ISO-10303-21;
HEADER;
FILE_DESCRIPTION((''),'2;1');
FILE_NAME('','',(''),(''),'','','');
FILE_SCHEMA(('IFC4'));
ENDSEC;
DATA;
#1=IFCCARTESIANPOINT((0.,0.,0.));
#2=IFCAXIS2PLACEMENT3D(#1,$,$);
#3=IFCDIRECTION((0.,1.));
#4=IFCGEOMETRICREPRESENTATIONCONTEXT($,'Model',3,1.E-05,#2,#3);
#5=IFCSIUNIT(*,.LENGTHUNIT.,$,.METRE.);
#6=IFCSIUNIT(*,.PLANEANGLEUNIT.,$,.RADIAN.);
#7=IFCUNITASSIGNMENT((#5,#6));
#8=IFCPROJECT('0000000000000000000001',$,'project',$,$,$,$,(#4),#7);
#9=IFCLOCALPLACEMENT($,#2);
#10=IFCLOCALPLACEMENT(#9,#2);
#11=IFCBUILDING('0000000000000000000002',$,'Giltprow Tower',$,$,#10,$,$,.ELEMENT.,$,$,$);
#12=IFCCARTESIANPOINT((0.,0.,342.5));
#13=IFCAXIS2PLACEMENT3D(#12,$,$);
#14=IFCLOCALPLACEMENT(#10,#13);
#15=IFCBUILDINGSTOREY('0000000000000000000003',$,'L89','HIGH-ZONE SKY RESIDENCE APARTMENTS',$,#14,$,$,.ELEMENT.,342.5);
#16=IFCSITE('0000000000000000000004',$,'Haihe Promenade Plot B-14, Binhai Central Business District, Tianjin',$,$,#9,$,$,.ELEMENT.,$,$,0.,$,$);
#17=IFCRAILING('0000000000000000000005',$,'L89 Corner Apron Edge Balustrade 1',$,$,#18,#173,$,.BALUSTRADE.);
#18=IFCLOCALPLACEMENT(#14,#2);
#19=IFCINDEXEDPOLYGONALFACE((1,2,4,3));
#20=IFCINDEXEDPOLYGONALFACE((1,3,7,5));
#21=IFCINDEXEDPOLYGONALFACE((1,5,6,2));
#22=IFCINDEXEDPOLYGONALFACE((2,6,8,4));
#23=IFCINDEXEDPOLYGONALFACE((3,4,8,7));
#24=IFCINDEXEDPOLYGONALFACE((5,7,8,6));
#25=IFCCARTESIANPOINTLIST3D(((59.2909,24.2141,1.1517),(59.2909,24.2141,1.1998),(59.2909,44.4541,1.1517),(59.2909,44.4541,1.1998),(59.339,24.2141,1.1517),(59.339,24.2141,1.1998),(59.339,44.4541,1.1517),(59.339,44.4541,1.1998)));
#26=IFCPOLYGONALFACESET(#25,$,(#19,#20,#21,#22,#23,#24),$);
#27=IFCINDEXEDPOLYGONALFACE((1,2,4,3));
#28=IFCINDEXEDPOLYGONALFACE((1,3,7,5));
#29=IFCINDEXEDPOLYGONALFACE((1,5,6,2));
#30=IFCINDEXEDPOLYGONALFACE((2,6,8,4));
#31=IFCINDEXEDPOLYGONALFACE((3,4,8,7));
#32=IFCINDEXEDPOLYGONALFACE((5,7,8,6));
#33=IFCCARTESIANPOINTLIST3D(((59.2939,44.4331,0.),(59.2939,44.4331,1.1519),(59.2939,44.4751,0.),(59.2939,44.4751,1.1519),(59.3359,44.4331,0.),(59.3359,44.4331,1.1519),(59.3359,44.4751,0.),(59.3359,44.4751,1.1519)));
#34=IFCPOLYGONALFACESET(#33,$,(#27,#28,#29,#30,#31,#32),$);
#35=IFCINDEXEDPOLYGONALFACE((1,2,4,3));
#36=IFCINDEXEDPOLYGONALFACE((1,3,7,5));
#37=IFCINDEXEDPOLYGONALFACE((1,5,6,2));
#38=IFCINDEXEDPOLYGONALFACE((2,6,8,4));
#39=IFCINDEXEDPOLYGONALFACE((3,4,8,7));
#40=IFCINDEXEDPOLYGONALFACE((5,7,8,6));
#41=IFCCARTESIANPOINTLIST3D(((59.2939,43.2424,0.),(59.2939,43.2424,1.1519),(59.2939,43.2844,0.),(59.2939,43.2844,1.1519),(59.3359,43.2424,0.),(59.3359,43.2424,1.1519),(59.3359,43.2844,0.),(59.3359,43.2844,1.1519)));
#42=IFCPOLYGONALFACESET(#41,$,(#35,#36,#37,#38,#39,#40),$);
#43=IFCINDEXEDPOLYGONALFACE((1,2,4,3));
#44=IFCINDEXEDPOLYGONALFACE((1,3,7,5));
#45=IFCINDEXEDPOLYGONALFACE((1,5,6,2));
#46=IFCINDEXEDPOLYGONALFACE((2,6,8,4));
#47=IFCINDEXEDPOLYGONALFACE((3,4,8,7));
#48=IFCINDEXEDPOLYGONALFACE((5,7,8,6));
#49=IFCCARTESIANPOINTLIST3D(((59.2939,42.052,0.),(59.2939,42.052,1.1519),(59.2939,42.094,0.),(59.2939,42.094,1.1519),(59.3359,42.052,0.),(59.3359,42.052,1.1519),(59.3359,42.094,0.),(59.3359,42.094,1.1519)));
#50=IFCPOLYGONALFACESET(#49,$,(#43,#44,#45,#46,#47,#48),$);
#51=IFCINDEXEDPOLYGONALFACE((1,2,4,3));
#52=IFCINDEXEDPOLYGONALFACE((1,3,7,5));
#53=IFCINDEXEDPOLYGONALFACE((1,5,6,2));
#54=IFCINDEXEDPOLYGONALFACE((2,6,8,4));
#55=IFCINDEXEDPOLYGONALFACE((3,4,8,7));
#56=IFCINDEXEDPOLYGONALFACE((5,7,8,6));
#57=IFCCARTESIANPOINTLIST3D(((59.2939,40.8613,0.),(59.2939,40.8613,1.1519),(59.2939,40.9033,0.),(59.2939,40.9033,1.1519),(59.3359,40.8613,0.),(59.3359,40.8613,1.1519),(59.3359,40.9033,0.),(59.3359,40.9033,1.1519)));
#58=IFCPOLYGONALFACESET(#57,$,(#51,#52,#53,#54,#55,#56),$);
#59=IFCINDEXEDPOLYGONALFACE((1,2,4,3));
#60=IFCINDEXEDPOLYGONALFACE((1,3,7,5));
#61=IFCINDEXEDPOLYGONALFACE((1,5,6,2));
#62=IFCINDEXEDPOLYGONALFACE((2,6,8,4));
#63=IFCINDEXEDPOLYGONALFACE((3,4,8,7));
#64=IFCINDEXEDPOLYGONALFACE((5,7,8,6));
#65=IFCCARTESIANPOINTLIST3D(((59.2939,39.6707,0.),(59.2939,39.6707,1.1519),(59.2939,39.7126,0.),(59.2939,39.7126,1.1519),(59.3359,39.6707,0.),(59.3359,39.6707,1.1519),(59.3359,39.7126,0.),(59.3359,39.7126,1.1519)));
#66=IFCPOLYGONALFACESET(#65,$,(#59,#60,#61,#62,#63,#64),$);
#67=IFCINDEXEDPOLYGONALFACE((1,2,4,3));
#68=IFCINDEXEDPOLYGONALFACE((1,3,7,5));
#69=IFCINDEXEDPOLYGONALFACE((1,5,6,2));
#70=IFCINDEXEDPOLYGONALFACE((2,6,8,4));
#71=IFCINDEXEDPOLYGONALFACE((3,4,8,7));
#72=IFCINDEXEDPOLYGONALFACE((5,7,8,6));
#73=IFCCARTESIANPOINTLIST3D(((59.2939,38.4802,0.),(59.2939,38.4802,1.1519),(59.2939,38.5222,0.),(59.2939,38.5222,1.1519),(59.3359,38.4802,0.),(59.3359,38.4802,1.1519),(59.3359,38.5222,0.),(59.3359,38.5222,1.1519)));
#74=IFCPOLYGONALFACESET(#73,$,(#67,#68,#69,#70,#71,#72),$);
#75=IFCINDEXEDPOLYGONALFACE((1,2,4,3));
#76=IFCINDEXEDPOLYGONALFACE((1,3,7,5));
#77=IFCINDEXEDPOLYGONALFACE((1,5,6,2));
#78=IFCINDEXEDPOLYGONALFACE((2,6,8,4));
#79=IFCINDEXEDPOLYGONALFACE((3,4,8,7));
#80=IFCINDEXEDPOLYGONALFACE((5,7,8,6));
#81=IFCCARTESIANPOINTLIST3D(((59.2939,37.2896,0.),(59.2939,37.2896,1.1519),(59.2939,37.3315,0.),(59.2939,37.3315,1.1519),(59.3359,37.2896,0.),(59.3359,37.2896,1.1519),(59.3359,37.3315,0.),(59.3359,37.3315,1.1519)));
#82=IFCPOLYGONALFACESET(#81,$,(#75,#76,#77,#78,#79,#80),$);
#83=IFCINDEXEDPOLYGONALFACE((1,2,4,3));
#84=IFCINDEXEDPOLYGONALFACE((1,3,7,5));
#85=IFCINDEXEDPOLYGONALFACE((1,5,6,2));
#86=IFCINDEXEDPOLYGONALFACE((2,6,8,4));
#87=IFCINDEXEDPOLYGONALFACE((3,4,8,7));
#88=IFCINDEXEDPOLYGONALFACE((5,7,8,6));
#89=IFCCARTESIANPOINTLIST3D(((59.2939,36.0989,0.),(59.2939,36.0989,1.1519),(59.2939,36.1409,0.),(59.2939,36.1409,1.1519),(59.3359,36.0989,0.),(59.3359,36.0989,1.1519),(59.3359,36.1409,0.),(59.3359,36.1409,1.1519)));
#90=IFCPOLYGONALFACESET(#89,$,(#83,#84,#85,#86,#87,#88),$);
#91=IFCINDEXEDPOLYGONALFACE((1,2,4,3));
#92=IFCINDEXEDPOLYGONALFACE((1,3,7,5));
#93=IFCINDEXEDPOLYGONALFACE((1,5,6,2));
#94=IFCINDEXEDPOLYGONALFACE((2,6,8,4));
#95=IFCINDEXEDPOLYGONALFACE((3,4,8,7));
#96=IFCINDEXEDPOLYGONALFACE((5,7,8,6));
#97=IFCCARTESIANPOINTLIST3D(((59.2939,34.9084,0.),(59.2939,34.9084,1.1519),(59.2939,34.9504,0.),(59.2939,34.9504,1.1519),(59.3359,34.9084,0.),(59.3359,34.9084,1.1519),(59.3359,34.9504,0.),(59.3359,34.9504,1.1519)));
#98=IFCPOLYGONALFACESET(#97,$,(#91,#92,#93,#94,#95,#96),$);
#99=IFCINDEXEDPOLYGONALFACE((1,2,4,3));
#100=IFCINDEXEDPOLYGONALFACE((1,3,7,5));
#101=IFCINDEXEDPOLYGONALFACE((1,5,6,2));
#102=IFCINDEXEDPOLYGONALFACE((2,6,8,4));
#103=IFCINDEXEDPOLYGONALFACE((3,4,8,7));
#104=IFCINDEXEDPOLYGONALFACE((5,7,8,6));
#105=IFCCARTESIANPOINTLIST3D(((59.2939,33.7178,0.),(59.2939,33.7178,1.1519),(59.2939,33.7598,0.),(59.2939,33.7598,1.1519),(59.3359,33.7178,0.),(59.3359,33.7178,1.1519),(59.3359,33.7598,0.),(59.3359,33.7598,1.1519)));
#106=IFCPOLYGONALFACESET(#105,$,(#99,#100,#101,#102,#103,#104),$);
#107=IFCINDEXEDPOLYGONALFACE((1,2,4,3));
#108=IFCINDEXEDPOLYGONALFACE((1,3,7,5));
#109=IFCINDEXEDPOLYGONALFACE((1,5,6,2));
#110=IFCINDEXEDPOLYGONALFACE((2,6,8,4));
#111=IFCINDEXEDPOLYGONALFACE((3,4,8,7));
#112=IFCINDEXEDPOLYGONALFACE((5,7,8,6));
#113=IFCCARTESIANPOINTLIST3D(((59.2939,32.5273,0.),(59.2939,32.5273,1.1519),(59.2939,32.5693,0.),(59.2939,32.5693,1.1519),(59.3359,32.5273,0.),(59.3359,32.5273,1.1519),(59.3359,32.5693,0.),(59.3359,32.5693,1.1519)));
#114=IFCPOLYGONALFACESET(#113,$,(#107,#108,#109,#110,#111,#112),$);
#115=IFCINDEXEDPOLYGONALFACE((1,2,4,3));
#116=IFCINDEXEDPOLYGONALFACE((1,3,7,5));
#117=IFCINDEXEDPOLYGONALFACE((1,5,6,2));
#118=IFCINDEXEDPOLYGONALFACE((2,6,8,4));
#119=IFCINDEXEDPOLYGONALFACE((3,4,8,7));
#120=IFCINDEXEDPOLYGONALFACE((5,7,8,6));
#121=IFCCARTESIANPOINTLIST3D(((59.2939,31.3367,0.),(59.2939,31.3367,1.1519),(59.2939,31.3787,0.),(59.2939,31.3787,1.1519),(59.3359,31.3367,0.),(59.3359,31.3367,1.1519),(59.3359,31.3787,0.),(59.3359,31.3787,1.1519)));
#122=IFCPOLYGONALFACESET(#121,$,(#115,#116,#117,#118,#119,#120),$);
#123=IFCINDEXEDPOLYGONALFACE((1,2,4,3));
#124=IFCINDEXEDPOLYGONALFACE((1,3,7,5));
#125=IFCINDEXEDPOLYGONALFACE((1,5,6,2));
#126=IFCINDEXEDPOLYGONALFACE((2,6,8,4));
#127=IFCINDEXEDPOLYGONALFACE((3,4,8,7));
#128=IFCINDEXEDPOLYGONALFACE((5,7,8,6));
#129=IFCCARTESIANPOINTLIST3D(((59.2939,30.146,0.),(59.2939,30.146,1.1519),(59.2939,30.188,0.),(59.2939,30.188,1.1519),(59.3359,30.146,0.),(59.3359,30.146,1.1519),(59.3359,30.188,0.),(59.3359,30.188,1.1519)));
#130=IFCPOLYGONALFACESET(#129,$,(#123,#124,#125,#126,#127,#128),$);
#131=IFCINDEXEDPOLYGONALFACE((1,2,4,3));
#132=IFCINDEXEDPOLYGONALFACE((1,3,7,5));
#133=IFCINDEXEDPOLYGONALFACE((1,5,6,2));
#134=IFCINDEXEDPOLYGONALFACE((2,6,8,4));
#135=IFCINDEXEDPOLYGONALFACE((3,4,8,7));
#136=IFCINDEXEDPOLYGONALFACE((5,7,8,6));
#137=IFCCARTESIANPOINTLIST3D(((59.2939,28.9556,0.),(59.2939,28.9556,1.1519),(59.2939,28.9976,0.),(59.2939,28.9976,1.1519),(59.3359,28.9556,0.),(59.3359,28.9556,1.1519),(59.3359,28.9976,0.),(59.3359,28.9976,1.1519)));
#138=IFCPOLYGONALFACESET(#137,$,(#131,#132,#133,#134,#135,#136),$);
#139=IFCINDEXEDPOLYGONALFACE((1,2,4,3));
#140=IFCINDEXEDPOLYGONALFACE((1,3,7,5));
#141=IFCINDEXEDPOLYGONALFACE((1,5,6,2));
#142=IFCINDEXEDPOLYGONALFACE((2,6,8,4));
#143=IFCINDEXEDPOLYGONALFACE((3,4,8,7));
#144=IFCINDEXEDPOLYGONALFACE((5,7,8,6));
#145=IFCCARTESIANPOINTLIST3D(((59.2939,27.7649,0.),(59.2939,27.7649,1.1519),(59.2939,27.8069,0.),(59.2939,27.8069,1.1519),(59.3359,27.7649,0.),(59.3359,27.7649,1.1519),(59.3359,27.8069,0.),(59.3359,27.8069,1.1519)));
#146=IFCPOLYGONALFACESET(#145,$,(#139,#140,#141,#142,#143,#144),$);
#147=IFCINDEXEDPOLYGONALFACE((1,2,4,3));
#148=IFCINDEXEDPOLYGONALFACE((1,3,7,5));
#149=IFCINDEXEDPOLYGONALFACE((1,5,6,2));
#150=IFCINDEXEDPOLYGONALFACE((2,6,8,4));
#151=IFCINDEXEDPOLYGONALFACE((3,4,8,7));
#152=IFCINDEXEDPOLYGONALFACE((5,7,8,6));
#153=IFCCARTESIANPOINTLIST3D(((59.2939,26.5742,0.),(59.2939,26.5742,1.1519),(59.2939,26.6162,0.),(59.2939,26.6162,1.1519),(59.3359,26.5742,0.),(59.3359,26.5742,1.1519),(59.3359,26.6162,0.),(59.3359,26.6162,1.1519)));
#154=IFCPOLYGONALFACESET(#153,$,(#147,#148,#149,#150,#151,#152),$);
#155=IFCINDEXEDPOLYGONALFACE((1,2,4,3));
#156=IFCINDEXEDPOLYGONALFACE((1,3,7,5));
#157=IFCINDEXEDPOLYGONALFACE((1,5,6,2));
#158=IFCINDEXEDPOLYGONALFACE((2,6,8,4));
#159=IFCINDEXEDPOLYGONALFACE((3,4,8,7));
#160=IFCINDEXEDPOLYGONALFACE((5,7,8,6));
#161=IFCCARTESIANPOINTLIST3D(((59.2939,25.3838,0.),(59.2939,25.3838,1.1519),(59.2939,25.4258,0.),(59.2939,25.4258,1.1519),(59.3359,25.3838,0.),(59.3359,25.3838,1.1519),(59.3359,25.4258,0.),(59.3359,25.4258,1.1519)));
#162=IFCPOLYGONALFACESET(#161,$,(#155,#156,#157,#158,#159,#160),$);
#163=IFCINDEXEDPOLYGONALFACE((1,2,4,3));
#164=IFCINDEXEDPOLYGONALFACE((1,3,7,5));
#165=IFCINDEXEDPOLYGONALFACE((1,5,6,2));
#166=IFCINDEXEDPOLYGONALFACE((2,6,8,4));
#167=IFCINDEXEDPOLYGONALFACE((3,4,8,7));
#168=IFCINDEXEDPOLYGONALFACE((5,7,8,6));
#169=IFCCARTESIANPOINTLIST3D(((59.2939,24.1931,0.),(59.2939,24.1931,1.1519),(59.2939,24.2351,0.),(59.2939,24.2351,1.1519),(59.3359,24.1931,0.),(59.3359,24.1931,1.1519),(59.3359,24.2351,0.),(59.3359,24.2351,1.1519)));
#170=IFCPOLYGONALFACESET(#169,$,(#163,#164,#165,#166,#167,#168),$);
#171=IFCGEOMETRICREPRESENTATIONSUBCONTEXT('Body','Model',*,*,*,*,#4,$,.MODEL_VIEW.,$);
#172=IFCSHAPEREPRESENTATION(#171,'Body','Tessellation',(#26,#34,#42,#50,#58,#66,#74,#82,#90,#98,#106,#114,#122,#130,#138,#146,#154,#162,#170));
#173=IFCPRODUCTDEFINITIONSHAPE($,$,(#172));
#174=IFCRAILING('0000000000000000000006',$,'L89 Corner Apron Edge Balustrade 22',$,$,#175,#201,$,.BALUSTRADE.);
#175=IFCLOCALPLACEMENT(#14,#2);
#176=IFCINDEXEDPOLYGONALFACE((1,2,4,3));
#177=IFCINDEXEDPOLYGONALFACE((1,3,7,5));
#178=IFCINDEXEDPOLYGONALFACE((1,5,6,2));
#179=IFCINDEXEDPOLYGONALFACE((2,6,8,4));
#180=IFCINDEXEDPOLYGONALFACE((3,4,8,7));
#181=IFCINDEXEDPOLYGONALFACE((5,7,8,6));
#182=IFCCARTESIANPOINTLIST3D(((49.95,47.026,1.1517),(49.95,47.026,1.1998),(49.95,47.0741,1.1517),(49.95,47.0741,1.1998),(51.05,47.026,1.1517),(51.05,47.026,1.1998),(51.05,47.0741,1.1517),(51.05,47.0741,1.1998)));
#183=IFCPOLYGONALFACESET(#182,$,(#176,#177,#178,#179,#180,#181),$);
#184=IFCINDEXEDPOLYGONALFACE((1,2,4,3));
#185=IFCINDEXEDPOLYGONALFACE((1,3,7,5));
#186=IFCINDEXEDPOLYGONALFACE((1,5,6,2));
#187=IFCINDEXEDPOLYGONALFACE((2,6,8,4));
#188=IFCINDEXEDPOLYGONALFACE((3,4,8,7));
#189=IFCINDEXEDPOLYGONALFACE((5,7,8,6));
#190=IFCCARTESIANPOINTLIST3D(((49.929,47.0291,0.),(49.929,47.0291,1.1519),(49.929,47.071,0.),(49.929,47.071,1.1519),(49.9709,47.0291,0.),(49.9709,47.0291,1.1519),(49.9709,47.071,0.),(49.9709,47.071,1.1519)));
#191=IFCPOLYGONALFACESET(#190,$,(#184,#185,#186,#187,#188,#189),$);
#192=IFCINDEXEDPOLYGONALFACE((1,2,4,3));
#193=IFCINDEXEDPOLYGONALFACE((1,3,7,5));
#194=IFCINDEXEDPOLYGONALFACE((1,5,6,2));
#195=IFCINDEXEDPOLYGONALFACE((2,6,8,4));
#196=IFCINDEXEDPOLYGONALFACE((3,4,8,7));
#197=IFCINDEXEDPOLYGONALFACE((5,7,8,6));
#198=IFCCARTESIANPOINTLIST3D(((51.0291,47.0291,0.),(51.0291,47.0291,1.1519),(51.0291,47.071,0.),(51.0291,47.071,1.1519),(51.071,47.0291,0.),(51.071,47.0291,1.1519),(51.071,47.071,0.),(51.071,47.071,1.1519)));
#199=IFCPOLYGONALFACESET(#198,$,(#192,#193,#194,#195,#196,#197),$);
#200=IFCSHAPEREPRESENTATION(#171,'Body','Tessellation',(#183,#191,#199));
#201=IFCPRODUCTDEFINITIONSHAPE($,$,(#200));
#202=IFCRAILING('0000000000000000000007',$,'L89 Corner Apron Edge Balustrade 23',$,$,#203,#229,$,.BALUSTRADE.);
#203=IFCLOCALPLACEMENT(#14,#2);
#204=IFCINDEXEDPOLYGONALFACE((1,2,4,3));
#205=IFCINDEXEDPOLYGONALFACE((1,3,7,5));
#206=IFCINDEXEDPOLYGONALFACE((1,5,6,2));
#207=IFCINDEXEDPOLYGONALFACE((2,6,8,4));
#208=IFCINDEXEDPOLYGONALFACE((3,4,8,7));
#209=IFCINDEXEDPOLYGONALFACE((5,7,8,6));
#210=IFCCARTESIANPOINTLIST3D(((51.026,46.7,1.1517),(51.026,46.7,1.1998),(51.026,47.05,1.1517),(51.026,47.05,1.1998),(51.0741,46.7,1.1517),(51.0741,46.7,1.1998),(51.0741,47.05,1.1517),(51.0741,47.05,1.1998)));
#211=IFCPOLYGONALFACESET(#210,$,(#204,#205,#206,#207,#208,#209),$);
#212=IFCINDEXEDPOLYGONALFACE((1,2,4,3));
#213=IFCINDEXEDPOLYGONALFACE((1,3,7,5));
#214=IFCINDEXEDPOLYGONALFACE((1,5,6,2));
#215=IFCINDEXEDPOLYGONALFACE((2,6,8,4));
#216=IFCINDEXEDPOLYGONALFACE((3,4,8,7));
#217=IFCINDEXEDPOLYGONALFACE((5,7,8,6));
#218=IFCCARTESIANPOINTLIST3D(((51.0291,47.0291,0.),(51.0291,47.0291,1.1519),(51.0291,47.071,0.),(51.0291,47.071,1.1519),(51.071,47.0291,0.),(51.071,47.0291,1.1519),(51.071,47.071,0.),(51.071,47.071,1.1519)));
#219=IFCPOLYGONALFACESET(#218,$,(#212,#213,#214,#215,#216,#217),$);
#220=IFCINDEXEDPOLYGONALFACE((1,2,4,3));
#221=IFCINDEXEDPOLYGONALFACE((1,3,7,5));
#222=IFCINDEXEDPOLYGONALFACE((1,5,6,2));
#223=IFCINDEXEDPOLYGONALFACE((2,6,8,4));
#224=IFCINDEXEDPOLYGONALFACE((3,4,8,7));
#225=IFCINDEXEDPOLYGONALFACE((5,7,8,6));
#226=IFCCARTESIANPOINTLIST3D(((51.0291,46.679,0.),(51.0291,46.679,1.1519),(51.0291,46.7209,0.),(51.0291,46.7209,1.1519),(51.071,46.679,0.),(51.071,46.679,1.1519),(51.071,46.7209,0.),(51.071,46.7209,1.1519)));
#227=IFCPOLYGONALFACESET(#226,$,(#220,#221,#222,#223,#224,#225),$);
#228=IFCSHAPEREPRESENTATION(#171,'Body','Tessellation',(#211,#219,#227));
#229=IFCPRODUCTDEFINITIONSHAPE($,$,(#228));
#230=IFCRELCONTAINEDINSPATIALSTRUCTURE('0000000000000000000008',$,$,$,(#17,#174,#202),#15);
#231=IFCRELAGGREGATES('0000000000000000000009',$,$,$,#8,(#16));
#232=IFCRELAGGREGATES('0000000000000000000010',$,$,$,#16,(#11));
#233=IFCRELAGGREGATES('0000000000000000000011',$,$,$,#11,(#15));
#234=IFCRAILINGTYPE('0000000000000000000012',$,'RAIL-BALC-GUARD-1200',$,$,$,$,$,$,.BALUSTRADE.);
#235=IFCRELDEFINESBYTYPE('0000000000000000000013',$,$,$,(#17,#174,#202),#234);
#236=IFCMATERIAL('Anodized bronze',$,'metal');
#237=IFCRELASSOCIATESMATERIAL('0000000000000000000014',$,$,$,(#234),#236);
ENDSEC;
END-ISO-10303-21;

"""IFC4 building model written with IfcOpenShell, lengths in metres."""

from ifc_helpers import new_model, si_unit, direction, frame, origin, origin_2d, place, context, subcontext, project, spatial, rectangle, extrude, material, type_object, element, save


model = new_model("IFC4")

# Units and contexts
model_context = context("Model", 3, precision=1e-05, world=origin(), true_north=direction((0.0, 1.0)))
body_context = subcontext(model_context, "Body", "Model", "MODEL_VIEW")
ifc_project = project(units=[si_unit("LENGTHUNIT", "METRE"), si_unit("PLANEANGLEUNIT", "RADIAN")], contexts=[model_context])

# Site, building, storey
site_placement = place(None, origin())
site = spatial("IfcSite", under=ifc_project, at=site_placement, Name="Haihe Promenade Plot B-14, Binhai Central Business District, Tianjin", CompositionType="ELEMENT", RefElevation=0.0)
building_placement = place(site_placement, origin())
building = spatial("IfcBuilding", under=site, at=building_placement, Name="Giltprow Tower", CompositionType="ELEMENT")
storey_placement = place(building_placement, frame((0.0, 0.0, 342.5)))
storey = spatial("IfcBuildingStorey", under=building, at=storey_placement, Name="L89", Description="HIGH-ZONE SKY RESIDENCE APARTMENTS", CompositionType="ELEMENT", Elevation=342.5)

# Railings
ifc_material_1 = material(Name="Anodized bronze", Category="metal")
railing_type = type_object("IfcRailingType", Name="RAIL-BALC-GUARD-1200", PredefinedType="BALUSTRADE", material=ifc_material_1)
railing_1_placement = place(storey_placement, frame((59.3149, 44.4541, 0.0)))
element("IfcRailing", 1, at=railing_1_placement, inside=storey, type_object=railing_type, Name="L89 Corner Apron Edge Balustrade 1", PredefinedType="BALUSTRADE", context=body_context, shape_type="SweptSolid", body=[
    extrude(rectangle(XDim=0.0481, YDim=0.0481, at=origin_2d()), frame((0.0, 0.0, 1.1758), z_axis=(0.0, -1.0, 0.0), x_axis=(1.0, 0.0, 0.0)), (0.0, 0.0, 1.0), 20.24),
    extrude(rectangle(XDim=0.042, YDim=0.042, at=origin_2d()), origin(), (0.0, 0.0, 1.0), 1.1519),
    extrude(rectangle(XDim=0.042, YDim=0.042, at=origin_2d()), frame((0.0, -1.1907, 0.0)), (0.0, 0.0, 1.0), 1.1519),
    extrude(rectangle(XDim=0.042, YDim=0.042, at=origin_2d()), frame((0.0, -2.3811, 0.0)), (0.0, 0.0, 1.0), 1.1519),
    extrude(rectangle(XDim=0.042, YDim=0.042, at=origin_2d()), frame((0.0, -3.5718, 0.0)), (0.0, 0.0, 1.0), 1.1519),
    extrude(rectangle(XDim=0.042, YDim=0.042, at=origin_2d()), frame((0.0, -4.7625, 0.0)), (0.0, 0.0, 1.0), 1.1519),
    extrude(rectangle(XDim=0.042, YDim=0.042, at=origin_2d()), frame((0.0, -5.9529, 0.0)), (0.0, 0.0, 1.0), 1.1519),
    extrude(rectangle(XDim=0.042, YDim=0.042, at=origin_2d()), frame((0.0, -7.1436, 0.0)), (0.0, 0.0, 1.0), 1.1519),
    extrude(rectangle(XDim=0.042, YDim=0.042, at=origin_2d()), frame((0.0, -8.3342, 0.0)), (0.0, 0.0, 1.0), 1.1519),
    extrude(rectangle(XDim=0.042, YDim=0.042, at=origin_2d()), frame((0.0, -9.5247, 0.0)), (0.0, 0.0, 1.0), 1.1519),
    extrude(rectangle(XDim=0.042, YDim=0.042, at=origin_2d()), frame((0.0, -10.7153, 0.0)), (0.0, 0.0, 1.0), 1.1519),
    extrude(rectangle(XDim=0.042, YDim=0.042, at=origin_2d()), frame((0.0, -11.9058, 0.0)), (0.0, 0.0, 1.0), 1.1519),
    extrude(rectangle(XDim=0.042, YDim=0.042, at=origin_2d()), frame((0.0, -13.0964, 0.0)), (0.0, 0.0, 1.0), 1.1519),
    extrude(rectangle(XDim=0.042, YDim=0.042, at=origin_2d()), frame((0.0, -14.2871, 0.0)), (0.0, 0.0, 1.0), 1.1519),
    extrude(rectangle(XDim=0.042, YDim=0.042, at=origin_2d()), frame((0.0, -15.4775, 0.0)), (0.0, 0.0, 1.0), 1.1519),
    extrude(rectangle(XDim=0.042, YDim=0.042, at=origin_2d()), frame((0.0, -16.6682, 0.0)), (0.0, 0.0, 1.0), 1.1519),
    extrude(rectangle(XDim=0.042, YDim=0.042, at=origin_2d()), frame((0.0, -17.8589, 0.0)), (0.0, 0.0, 1.0), 1.1519),
    extrude(rectangle(XDim=0.042, YDim=0.042, at=origin_2d()), frame((0.0, -19.0493, 0.0)), (0.0, 0.0, 1.0), 1.1519),
    extrude(rectangle(XDim=0.042, YDim=0.042, at=origin_2d()), frame((0.0, -20.24, 0.0)), (0.0, 0.0, 1.0), 1.1519),
])
railing_2_placement = place(storey_placement, frame((49.95, 47.05, 0.0)))
element("IfcRailing", 2, at=railing_2_placement, inside=storey, type_object=railing_type, Name="L89 Corner Apron Edge Balustrade 22", PredefinedType="BALUSTRADE", context=body_context, shape_type="SweptSolid", body=[
    extrude(rectangle(XDim=0.0481, YDim=0.0481, at=origin_2d()), frame((0.0, 0.0, 1.1758), z_axis=(1.0, 0.0, 0.0), x_axis=(0.0, 1.0, 0.0)), (0.0, 0.0, 1.0), 1.1001),
    extrude(rectangle(XDim=0.042, YDim=0.042, at=origin_2d()), origin(), (0.0, 0.0, 1.0), 1.1519),
    extrude(rectangle(XDim=0.042, YDim=0.042, at=origin_2d()), frame((1.1001, 0.0, 0.0)), (0.0, 0.0, 1.0), 1.1519),
])
railing_3_placement = place(storey_placement, frame((51.05, 47.05, 0.0)))
element("IfcRailing", 3, at=railing_3_placement, inside=storey, type_object=railing_type, Name="L89 Corner Apron Edge Balustrade 23", PredefinedType="BALUSTRADE", context=body_context, shape_type="SweptSolid", body=[
    extrude(rectangle(XDim=0.0481, YDim=0.0481, at=origin_2d()), frame((0.0, 0.0, 1.1758), z_axis=(0.0, -1.0, 0.0), x_axis=(1.0, 0.0, 0.0)), (0.0, 0.0, 1.0), 0.3501),
    extrude(rectangle(XDim=0.042, YDim=0.042, at=origin_2d()), origin(), (0.0, 0.0, 1.0), 1.1519),
    extrude(rectangle(XDim=0.042, YDim=0.042, at=origin_2d()), frame((0.0, -0.3501, 0.0)), (0.0, 0.0, 1.0), 1.1519),
])

save(model, "model.ifc")
